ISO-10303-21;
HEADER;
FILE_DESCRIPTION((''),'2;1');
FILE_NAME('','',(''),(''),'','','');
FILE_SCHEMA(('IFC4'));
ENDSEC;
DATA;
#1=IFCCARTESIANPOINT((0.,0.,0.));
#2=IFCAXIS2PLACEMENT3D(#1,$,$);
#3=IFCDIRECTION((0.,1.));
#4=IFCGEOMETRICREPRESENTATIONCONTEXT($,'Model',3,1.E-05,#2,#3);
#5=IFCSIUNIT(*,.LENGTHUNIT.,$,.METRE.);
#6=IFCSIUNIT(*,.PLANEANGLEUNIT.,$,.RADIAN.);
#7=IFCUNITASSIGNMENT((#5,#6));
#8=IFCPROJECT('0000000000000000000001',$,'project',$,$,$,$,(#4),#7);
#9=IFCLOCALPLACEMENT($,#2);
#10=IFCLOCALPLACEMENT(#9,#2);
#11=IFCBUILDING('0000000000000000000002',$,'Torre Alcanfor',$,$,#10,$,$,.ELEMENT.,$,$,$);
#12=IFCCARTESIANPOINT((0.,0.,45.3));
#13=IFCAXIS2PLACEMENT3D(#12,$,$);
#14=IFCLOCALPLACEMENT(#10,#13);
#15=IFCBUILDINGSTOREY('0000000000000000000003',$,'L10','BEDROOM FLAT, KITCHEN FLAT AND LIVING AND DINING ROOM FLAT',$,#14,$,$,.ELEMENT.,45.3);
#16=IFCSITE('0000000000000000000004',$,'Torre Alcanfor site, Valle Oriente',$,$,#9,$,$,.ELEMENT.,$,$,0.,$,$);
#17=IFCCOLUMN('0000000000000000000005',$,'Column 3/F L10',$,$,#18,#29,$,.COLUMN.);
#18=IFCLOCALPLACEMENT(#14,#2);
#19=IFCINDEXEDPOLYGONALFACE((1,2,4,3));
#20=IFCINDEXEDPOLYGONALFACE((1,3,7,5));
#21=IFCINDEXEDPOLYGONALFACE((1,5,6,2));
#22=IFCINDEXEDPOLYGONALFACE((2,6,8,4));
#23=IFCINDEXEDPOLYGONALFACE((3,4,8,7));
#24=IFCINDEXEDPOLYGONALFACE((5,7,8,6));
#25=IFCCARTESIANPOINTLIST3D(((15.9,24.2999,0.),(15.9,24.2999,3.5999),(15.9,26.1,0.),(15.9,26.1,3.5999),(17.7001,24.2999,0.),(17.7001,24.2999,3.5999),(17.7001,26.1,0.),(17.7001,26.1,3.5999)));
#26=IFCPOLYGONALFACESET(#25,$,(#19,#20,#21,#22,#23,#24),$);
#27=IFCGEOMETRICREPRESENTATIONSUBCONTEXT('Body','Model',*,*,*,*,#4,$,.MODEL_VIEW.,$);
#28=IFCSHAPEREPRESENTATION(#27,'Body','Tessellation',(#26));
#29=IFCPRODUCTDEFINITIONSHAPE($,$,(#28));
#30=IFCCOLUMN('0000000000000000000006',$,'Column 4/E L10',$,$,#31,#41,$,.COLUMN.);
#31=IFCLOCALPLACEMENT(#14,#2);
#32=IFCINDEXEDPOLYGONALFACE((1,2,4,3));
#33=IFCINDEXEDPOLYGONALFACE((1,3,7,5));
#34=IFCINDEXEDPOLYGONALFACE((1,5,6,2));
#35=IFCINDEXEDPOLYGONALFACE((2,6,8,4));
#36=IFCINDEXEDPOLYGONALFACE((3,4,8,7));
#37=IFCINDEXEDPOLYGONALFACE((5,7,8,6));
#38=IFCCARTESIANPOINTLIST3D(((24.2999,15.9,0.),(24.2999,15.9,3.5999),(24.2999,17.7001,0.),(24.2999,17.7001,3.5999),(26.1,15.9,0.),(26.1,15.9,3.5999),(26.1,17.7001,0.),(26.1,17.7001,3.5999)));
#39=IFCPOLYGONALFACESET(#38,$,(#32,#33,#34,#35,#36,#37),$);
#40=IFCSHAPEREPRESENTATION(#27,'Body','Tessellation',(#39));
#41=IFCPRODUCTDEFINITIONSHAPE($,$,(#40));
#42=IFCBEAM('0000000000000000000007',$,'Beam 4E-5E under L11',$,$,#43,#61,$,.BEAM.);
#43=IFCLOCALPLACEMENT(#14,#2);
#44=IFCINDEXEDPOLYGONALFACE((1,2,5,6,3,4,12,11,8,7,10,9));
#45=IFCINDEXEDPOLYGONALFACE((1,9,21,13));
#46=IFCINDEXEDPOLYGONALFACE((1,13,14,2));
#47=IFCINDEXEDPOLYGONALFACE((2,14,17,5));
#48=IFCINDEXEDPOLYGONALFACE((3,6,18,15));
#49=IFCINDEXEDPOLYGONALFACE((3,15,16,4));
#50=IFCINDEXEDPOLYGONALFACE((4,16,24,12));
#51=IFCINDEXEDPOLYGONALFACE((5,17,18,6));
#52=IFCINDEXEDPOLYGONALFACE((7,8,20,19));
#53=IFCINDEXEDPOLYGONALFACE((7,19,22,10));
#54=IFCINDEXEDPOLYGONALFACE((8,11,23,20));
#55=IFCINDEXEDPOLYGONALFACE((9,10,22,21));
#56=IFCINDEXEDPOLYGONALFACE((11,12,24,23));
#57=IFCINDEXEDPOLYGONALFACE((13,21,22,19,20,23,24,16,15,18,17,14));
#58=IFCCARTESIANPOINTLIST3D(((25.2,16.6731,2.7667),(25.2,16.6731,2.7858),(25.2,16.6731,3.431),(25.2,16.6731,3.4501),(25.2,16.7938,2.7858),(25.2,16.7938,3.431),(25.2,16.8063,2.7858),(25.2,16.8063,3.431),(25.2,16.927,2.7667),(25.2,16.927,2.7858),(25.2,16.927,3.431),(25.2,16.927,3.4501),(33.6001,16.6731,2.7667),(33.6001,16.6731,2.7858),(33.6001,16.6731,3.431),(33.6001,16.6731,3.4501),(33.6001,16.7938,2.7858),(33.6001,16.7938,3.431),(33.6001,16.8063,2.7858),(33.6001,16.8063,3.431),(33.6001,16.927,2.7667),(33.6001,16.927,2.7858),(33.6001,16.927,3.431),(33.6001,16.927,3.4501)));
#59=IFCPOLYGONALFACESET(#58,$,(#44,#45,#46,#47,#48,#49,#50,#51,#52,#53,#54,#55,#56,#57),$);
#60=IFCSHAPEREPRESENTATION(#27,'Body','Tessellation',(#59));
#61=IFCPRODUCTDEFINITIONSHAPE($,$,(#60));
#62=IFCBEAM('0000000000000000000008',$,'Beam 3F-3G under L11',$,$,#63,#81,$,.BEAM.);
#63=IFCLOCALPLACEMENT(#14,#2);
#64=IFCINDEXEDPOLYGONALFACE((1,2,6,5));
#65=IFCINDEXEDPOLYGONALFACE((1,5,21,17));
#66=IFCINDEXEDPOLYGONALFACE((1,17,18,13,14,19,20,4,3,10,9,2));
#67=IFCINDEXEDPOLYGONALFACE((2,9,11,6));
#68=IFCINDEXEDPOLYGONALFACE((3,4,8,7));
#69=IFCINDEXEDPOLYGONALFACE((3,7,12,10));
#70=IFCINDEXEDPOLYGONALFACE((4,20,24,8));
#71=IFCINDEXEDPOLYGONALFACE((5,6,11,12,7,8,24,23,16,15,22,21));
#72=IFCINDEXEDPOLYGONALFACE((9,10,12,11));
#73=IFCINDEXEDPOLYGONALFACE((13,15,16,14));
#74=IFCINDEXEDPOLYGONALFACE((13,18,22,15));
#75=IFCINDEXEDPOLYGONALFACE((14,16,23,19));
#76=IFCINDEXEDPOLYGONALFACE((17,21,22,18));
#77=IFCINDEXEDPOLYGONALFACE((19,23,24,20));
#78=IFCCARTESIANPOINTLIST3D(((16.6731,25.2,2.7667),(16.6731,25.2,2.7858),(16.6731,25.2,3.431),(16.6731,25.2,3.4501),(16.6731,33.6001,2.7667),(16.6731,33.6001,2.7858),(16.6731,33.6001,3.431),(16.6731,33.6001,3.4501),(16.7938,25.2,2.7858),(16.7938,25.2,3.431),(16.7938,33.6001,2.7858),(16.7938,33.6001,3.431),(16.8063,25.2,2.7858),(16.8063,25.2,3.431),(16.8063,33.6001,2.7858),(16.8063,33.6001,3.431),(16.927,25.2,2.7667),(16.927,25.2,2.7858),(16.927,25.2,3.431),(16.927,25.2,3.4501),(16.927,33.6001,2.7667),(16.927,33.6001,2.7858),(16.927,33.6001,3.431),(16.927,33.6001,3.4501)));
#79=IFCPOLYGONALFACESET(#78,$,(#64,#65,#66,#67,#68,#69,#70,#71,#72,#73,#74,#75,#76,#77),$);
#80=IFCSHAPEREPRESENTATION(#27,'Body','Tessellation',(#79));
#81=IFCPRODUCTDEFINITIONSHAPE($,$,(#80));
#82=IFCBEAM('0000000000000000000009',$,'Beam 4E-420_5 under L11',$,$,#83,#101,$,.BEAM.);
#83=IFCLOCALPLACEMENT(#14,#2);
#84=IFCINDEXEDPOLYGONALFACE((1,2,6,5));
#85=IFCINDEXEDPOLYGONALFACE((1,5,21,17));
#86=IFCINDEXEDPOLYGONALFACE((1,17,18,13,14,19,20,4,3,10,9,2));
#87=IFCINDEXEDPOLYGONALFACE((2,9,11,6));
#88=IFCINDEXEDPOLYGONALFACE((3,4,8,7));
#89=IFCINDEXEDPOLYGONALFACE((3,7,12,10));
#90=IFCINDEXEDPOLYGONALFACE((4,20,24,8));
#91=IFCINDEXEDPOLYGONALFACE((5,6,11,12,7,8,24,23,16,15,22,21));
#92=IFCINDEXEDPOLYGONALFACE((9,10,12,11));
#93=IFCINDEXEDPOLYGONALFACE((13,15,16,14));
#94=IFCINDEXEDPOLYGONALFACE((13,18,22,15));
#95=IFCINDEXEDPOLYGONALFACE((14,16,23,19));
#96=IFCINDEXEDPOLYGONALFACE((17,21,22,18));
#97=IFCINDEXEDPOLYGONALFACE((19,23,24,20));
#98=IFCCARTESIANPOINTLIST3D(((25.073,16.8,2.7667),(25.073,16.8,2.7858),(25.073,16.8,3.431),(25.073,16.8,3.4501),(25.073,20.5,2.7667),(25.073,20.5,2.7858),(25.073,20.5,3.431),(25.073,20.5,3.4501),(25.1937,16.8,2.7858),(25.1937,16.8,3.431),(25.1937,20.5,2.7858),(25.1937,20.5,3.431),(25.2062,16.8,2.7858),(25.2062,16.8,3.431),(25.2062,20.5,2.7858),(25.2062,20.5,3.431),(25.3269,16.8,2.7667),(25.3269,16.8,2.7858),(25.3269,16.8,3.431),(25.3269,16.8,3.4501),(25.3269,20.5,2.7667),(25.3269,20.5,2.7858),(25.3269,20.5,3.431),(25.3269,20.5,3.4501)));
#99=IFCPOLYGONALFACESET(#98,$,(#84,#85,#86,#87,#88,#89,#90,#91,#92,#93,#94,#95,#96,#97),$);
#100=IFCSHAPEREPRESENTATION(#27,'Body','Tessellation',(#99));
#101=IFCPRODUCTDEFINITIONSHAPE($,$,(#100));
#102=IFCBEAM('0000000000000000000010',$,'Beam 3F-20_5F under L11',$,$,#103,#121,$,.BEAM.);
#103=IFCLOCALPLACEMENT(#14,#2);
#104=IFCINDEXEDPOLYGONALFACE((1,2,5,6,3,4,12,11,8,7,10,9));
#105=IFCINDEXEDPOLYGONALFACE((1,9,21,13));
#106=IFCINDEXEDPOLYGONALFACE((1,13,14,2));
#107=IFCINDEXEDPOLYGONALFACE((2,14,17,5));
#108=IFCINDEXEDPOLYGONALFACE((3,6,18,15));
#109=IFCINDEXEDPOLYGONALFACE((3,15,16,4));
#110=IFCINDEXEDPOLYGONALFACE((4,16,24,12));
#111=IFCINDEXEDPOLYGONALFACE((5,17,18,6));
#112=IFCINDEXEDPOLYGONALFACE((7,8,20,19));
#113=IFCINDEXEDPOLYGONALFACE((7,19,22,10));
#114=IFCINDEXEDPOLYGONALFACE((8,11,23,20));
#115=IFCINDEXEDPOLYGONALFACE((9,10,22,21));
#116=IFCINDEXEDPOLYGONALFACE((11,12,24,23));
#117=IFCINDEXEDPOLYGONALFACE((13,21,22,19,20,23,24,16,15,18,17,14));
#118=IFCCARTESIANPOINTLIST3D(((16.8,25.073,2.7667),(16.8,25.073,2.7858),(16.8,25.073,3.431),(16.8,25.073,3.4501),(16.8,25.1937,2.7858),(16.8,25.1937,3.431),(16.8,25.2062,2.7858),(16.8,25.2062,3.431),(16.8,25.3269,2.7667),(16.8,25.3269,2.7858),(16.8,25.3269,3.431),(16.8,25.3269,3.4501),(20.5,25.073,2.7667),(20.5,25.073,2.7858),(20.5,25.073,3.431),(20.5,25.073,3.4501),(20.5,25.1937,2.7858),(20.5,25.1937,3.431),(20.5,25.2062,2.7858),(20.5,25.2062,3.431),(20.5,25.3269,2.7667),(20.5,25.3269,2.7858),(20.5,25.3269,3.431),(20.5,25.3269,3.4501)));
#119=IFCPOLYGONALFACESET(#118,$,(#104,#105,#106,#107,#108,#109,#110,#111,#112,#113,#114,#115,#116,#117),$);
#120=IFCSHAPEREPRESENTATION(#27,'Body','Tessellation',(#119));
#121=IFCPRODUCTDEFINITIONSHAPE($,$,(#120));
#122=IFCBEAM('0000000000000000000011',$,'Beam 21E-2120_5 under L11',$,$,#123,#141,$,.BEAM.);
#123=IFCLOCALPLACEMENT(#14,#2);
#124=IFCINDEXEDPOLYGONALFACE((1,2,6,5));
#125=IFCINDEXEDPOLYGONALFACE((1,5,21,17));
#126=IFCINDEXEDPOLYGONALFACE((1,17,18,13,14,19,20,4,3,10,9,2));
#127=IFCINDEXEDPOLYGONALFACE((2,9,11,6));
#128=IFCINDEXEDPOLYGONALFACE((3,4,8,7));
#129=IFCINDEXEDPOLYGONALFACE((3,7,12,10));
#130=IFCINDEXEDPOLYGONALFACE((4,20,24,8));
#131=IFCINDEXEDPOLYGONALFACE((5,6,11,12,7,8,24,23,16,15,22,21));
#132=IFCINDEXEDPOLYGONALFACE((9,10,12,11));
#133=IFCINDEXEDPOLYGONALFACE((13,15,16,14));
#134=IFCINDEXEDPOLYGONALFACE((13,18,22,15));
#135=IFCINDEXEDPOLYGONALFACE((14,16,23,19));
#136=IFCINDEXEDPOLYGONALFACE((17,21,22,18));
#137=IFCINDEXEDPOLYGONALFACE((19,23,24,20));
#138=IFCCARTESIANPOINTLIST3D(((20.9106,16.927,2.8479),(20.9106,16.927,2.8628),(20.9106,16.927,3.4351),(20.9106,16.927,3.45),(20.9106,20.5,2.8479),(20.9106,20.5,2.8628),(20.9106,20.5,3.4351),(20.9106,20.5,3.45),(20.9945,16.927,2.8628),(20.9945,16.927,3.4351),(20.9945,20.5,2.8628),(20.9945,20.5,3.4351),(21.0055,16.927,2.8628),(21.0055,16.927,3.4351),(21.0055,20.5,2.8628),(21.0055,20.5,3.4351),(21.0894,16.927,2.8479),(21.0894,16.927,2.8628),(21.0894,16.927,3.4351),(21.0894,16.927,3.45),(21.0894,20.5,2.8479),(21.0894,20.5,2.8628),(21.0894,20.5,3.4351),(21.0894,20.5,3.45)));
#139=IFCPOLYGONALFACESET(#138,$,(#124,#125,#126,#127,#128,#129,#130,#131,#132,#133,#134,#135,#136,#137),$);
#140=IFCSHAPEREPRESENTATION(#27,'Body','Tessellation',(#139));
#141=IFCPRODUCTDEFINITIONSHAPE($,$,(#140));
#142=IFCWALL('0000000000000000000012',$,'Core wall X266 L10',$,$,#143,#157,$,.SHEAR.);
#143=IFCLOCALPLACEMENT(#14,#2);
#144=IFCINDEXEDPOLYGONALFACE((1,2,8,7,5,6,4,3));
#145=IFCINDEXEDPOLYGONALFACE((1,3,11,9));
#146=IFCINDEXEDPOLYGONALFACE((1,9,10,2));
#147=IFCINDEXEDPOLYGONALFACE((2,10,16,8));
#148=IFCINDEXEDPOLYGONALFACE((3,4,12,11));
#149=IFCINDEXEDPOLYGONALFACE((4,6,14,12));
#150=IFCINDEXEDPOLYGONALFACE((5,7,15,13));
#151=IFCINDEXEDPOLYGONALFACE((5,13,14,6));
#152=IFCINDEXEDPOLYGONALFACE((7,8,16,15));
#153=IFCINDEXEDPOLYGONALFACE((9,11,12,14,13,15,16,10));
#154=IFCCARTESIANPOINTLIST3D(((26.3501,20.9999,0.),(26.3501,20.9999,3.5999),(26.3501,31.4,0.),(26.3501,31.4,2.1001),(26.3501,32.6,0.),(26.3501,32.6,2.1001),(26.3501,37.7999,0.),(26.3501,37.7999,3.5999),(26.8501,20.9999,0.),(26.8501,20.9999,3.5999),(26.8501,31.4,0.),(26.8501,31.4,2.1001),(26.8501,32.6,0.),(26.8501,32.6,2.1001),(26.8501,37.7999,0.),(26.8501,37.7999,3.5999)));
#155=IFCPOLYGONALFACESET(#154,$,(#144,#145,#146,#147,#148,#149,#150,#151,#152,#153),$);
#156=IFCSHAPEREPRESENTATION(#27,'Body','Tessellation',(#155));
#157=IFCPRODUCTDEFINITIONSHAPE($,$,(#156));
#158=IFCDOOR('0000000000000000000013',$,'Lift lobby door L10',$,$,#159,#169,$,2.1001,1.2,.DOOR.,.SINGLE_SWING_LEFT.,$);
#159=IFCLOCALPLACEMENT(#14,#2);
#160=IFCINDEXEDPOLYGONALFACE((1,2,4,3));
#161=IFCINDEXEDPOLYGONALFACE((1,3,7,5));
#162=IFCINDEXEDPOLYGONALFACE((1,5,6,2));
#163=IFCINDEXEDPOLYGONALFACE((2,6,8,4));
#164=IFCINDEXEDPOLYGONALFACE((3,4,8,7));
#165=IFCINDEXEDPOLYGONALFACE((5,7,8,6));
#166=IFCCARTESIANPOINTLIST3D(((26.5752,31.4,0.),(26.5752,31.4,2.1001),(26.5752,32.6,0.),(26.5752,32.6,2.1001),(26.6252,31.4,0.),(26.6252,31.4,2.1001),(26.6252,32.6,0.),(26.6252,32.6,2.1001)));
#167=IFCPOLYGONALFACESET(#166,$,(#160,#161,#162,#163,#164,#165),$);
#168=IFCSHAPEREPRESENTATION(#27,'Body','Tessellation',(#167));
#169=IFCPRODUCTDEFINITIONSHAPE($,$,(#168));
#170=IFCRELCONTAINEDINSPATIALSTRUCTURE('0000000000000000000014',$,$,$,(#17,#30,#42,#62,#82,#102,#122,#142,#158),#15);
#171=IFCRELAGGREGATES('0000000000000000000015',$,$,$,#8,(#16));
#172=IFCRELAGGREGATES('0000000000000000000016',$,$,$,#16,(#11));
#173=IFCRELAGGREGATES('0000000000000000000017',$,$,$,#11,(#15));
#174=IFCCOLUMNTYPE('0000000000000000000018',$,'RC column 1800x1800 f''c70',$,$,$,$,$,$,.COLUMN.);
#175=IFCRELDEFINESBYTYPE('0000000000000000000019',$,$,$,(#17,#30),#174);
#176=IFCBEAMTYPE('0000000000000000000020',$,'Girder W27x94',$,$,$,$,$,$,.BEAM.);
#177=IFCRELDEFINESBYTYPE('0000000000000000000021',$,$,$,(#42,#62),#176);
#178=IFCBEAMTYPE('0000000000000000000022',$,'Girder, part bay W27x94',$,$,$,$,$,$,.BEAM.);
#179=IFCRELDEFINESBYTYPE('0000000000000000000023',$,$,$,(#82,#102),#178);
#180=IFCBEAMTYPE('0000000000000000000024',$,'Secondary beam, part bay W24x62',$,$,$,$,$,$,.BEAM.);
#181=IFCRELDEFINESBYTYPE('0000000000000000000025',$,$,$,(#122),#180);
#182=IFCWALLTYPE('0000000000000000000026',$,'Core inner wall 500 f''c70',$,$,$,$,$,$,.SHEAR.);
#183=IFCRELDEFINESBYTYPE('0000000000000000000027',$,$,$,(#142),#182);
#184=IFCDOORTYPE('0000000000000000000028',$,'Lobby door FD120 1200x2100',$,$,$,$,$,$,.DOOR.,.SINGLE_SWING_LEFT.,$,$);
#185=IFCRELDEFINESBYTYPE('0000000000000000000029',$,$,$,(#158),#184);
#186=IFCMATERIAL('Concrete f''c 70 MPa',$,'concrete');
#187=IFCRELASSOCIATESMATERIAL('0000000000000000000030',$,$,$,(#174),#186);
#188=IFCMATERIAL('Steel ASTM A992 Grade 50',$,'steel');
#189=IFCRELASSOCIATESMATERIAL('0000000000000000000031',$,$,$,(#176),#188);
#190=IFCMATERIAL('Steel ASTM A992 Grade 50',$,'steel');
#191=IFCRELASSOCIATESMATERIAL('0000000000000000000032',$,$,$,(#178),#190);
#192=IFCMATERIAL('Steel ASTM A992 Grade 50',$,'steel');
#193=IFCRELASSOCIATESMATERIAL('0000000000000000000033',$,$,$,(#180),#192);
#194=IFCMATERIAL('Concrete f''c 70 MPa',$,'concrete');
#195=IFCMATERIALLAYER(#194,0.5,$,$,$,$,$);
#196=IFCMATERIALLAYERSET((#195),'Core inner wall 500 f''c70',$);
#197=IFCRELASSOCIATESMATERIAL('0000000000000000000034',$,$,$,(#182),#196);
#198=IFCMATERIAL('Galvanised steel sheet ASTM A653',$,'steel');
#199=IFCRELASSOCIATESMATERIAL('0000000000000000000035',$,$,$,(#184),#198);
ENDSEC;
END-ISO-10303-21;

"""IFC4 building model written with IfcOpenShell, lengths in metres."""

from ifc_helpers import new_model, si_unit, direction, frame, frame_2d, origin, origin_2d, place, context, subcontext, project, spatial, rectangle, i_section, extrude, material, layer, layer_set, material_profile, profile_set, type_object, element, fill, save


model = new_model("IFC4")

# Units and contexts
model_context = context("Model", 3, precision=1e-05, world=origin(), true_north=direction((0.0, 1.0)))
body_context = subcontext(model_context, "Body", "Model", "MODEL_VIEW")
ifc_project = project(units=[si_unit("LENGTHUNIT", "METRE"), si_unit("PLANEANGLEUNIT", "RADIAN")], contexts=[model_context])

# Site, building, storey
site_placement = place(None, origin())
site = spatial("IfcSite", under=ifc_project, at=site_placement, Name="Torre Alcanfor site, Valle Oriente", CompositionType="ELEMENT", RefElevation=0.0)
building_placement = place(site_placement, origin())
building = spatial("IfcBuilding", under=site, at=building_placement, Name="Torre Alcanfor", CompositionType="ELEMENT")
storey_placement = place(building_placement, frame((0.0, 0.0, 45.3)))
storey = spatial("IfcBuildingStorey", under=building, at=storey_placement, Name="L10", Description="BEDROOM FLAT, KITCHEN FLAT AND LIVING AND DINING ROOM FLAT", CompositionType="ELEMENT", Elevation=45.3)

# Columns
ifc_material_1 = material(Name="Concrete f'c 70 MPa", Category="concrete")
ifc_material_profile_1 = material_profile(ifc_material_1, rectangle(XDim=1.8, YDim=1.8, at=origin_2d()), Name="1800x1800")
ifc_profile_set_1 = profile_set([ifc_material_profile_1], Name="Concrete f'c 70 MPa")
column_type = type_object("IfcColumnType", Name="RC column 1800x1800 f'c70", PredefinedType="COLUMN", material=ifc_profile_set_1)
for number, where, z_axis, x_axis, name in (
    (1, (16.8, 25.2, 0.0), (0.0, 0.0, 1.0), (1.0, 0.0, 0.0), "Column 3/F L10"),
    (2, (25.2, 16.8, 0.0), (0.0, 0.0, 1.0), (1.0, 0.0, 0.0), "Column 4/E L10"),
):
    element("IfcColumn", number, at=place(storey_placement, frame(where, z_axis=z_axis, x_axis=x_axis)), inside=storey, type_object=column_type, Name=name, PredefinedType="COLUMN", context=body_context, shape_type="SweptSolid", body=[
        extrude(rectangle(XDim=1.8, YDim=1.8, at=origin_2d()), origin(), (0.0, 0.0, 1.0), 3.5999),
    ])

# Beams
ifc_material_2 = material(Name="Steel ASTM A992 Grade 50", Category="steel")
ifc_material_profile_2 = material_profile(ifc_material_2, i_section(OverallWidth=0.2539, OverallDepth=0.6833, WebThickness=0.0125, FlangeThickness=0.019, at=origin_2d()), Name="W27x94")
ifc_profile_set_2 = profile_set([ifc_material_profile_2], Name="Steel ASTM A992 Grade 50")
beam_type_1 = type_object("IfcBeamType", Name="Girder W27x94", PredefinedType="BEAM", material=ifc_profile_set_2)
for number, where, z_axis, x_axis, name in (
    (3, (25.2, 16.8, 3.1084), (1.0, 0.0, 0.0), (0.0, 1.0, 0.0), "Beam 4E-5E under L11"),
    (4, (16.8, 25.2, 3.1084), (0.0, 1.0, 0.0), (-1.0, 0.0, 0.0), "Beam 3F-3G under L11"),
):
    element("IfcBeam", number, at=place(storey_placement, frame(where, z_axis=z_axis, x_axis=x_axis)), inside=storey, type_object=beam_type_1, Name=name, PredefinedType="BEAM", context=body_context, shape_type="SweptSolid", body=[
        extrude(i_section(OverallWidth=0.2539, OverallDepth=0.6833, WebThickness=0.0125, FlangeThickness=0.019, at=origin_2d()), origin(), (0.0, 0.0, 1.0), 8.4001),
    ])
ifc_material_3 = material(Name="Steel ASTM A992 Grade 50", Category="steel")
ifc_material_profile_3 = material_profile(ifc_material_3, i_section(OverallWidth=0.2539, OverallDepth=0.6833, WebThickness=0.0125, FlangeThickness=0.019, at=origin_2d()), Name="W27x94")
ifc_profile_set_3 = profile_set([ifc_material_profile_3], Name="Steel ASTM A992 Grade 50")
beam_type_2 = type_object("IfcBeamType", Name="Girder, part bay W27x94", PredefinedType="BEAM", material=ifc_profile_set_3)
for number, where, z_axis, x_axis, name in (
    (5, (25.2, 16.8, 3.1084), (0.0, 1.0, 0.0), (-1.0, 0.0, 0.0), "Beam 4E-420_5 under L11"),
    (6, (16.8, 25.2, 3.1084), (1.0, 0.0, 0.0), (0.0, 1.0, 0.0), "Beam 3F-20_5F under L11"),
):
    element("IfcBeam", number, at=place(storey_placement, frame(where, z_axis=z_axis, x_axis=x_axis)), inside=storey, type_object=beam_type_2, Name=name, PredefinedType="BEAM", context=body_context, shape_type="SweptSolid", body=[
        extrude(i_section(OverallWidth=0.2539, OverallDepth=0.6833, WebThickness=0.0125, FlangeThickness=0.019, at=origin_2d()), origin(), (0.0, 0.0, 1.0), 3.7),
    ])
ifc_material_4 = material(Name="Steel ASTM A992 Grade 50", Category="steel")
ifc_material_profile_4 = material_profile(ifc_material_4, i_section(OverallWidth=0.1787, OverallDepth=0.6021, WebThickness=0.011, FlangeThickness=0.0149, at=origin_2d()), Name="W24x62")
ifc_profile_set_4 = profile_set([ifc_material_profile_4], Name="Steel ASTM A992 Grade 50")
beam_type_3 = type_object("IfcBeamType", Name="Secondary beam, part bay W24x62", PredefinedType="BEAM", material=ifc_profile_set_4)
beam_placement = place(storey_placement, frame((21.0, 16.927, 3.1489), z_axis=(0.0, 1.0, 0.0), x_axis=(-1.0, 0.0, 0.0)))
element("IfcBeam", 7, at=beam_placement, inside=storey, type_object=beam_type_3, Name="Beam 21E-2120_5 under L11", PredefinedType="BEAM", context=body_context, shape_type="SweptSolid", body=[
    extrude(i_section(OverallWidth=0.1787, OverallDepth=0.6021, WebThickness=0.011, FlangeThickness=0.0149, at=origin_2d()), origin(), (0.0, 0.0, 1.0), 3.573),
])

# Wall, opening, door
ifc_material_5 = material(Name="Concrete f'c 70 MPa", Category="concrete")
ifc_layer_1 = layer(ifc_material_5, 0.5)
ifc_layer_set_1 = layer_set([ifc_layer_1], Name="Core inner wall 500 f'c70")
wall_type_1 = type_object("IfcWallType", Name="Core inner wall 500 f'c70", PredefinedType="SHEAR", material=ifc_layer_set_1)
wall_1_placement = place(storey_placement, frame((26.6001, 21.0, 0.0), z_axis=(0.0, 0.0, 1.0), x_axis=(0.0, 1.0, 0.0)))
wall_1 = element("IfcWall", 8, at=wall_1_placement, inside=storey, type_object=wall_type_1, Name="Core wall X266 L10", PredefinedType="SHEAR", context=body_context, shape_type="SweptSolid", body=[
    extrude(rectangle(XDim=16.8, YDim=0.5, at=frame_2d((8.3999, 0.0))), origin(), (0.0, 0.0, 1.0), 3.5999),
])
opening_1_placement = place(wall_1_placement, frame((10.3999, 0.0, 0.0)))
opening_1 = element("IfcOpeningElement", 9, at=opening_1_placement, cuts=wall_1, PredefinedType="OPENING", context=body_context, shape_type="SweptSolid", body=[
    extrude(rectangle(XDim=1.2, YDim=2.1001, at=frame_2d((0.6001, 1.05))), frame((0.0, 0.26, 0.0), z_axis=(0.0, -1.0, 0.0), x_axis=(1.0, 0.0, 0.0)), (0.0, 0.0, 1.0), 0.52),
])
ifc_material_6 = material(Name="Galvanised steel sheet ASTM A653", Category="steel")
door_type_1 = type_object("IfcDoorType", Name="Lobby door FD120 1200x2100", OperationType="SINGLE_SWING_LEFT", PredefinedType="DOOR", material=ifc_material_6)
door_1_placement = place(opening_1_placement, origin())
door_1 = element("IfcDoor", 10, at=door_1_placement, inside=storey, type_object=door_type_1, Name="Lift lobby door L10", OperationType="SINGLE_SWING_LEFT", OverallHeight=2.1001, OverallWidth=1.2, PredefinedType="DOOR", context=body_context, shape_type="SweptSolid", body=[
    extrude(rectangle(XDim=1.2, YDim=2.1001, at=frame_2d((0.6001, 1.05))), frame((0.0, 0.0249, 0.0), z_axis=(0.0, -1.0, 0.0), x_axis=(1.0, 0.0, 0.0)), (0.0, 0.0, 1.0), 0.05),
])
fill(opening_1, door_1)

save(model, "model.ifc")
